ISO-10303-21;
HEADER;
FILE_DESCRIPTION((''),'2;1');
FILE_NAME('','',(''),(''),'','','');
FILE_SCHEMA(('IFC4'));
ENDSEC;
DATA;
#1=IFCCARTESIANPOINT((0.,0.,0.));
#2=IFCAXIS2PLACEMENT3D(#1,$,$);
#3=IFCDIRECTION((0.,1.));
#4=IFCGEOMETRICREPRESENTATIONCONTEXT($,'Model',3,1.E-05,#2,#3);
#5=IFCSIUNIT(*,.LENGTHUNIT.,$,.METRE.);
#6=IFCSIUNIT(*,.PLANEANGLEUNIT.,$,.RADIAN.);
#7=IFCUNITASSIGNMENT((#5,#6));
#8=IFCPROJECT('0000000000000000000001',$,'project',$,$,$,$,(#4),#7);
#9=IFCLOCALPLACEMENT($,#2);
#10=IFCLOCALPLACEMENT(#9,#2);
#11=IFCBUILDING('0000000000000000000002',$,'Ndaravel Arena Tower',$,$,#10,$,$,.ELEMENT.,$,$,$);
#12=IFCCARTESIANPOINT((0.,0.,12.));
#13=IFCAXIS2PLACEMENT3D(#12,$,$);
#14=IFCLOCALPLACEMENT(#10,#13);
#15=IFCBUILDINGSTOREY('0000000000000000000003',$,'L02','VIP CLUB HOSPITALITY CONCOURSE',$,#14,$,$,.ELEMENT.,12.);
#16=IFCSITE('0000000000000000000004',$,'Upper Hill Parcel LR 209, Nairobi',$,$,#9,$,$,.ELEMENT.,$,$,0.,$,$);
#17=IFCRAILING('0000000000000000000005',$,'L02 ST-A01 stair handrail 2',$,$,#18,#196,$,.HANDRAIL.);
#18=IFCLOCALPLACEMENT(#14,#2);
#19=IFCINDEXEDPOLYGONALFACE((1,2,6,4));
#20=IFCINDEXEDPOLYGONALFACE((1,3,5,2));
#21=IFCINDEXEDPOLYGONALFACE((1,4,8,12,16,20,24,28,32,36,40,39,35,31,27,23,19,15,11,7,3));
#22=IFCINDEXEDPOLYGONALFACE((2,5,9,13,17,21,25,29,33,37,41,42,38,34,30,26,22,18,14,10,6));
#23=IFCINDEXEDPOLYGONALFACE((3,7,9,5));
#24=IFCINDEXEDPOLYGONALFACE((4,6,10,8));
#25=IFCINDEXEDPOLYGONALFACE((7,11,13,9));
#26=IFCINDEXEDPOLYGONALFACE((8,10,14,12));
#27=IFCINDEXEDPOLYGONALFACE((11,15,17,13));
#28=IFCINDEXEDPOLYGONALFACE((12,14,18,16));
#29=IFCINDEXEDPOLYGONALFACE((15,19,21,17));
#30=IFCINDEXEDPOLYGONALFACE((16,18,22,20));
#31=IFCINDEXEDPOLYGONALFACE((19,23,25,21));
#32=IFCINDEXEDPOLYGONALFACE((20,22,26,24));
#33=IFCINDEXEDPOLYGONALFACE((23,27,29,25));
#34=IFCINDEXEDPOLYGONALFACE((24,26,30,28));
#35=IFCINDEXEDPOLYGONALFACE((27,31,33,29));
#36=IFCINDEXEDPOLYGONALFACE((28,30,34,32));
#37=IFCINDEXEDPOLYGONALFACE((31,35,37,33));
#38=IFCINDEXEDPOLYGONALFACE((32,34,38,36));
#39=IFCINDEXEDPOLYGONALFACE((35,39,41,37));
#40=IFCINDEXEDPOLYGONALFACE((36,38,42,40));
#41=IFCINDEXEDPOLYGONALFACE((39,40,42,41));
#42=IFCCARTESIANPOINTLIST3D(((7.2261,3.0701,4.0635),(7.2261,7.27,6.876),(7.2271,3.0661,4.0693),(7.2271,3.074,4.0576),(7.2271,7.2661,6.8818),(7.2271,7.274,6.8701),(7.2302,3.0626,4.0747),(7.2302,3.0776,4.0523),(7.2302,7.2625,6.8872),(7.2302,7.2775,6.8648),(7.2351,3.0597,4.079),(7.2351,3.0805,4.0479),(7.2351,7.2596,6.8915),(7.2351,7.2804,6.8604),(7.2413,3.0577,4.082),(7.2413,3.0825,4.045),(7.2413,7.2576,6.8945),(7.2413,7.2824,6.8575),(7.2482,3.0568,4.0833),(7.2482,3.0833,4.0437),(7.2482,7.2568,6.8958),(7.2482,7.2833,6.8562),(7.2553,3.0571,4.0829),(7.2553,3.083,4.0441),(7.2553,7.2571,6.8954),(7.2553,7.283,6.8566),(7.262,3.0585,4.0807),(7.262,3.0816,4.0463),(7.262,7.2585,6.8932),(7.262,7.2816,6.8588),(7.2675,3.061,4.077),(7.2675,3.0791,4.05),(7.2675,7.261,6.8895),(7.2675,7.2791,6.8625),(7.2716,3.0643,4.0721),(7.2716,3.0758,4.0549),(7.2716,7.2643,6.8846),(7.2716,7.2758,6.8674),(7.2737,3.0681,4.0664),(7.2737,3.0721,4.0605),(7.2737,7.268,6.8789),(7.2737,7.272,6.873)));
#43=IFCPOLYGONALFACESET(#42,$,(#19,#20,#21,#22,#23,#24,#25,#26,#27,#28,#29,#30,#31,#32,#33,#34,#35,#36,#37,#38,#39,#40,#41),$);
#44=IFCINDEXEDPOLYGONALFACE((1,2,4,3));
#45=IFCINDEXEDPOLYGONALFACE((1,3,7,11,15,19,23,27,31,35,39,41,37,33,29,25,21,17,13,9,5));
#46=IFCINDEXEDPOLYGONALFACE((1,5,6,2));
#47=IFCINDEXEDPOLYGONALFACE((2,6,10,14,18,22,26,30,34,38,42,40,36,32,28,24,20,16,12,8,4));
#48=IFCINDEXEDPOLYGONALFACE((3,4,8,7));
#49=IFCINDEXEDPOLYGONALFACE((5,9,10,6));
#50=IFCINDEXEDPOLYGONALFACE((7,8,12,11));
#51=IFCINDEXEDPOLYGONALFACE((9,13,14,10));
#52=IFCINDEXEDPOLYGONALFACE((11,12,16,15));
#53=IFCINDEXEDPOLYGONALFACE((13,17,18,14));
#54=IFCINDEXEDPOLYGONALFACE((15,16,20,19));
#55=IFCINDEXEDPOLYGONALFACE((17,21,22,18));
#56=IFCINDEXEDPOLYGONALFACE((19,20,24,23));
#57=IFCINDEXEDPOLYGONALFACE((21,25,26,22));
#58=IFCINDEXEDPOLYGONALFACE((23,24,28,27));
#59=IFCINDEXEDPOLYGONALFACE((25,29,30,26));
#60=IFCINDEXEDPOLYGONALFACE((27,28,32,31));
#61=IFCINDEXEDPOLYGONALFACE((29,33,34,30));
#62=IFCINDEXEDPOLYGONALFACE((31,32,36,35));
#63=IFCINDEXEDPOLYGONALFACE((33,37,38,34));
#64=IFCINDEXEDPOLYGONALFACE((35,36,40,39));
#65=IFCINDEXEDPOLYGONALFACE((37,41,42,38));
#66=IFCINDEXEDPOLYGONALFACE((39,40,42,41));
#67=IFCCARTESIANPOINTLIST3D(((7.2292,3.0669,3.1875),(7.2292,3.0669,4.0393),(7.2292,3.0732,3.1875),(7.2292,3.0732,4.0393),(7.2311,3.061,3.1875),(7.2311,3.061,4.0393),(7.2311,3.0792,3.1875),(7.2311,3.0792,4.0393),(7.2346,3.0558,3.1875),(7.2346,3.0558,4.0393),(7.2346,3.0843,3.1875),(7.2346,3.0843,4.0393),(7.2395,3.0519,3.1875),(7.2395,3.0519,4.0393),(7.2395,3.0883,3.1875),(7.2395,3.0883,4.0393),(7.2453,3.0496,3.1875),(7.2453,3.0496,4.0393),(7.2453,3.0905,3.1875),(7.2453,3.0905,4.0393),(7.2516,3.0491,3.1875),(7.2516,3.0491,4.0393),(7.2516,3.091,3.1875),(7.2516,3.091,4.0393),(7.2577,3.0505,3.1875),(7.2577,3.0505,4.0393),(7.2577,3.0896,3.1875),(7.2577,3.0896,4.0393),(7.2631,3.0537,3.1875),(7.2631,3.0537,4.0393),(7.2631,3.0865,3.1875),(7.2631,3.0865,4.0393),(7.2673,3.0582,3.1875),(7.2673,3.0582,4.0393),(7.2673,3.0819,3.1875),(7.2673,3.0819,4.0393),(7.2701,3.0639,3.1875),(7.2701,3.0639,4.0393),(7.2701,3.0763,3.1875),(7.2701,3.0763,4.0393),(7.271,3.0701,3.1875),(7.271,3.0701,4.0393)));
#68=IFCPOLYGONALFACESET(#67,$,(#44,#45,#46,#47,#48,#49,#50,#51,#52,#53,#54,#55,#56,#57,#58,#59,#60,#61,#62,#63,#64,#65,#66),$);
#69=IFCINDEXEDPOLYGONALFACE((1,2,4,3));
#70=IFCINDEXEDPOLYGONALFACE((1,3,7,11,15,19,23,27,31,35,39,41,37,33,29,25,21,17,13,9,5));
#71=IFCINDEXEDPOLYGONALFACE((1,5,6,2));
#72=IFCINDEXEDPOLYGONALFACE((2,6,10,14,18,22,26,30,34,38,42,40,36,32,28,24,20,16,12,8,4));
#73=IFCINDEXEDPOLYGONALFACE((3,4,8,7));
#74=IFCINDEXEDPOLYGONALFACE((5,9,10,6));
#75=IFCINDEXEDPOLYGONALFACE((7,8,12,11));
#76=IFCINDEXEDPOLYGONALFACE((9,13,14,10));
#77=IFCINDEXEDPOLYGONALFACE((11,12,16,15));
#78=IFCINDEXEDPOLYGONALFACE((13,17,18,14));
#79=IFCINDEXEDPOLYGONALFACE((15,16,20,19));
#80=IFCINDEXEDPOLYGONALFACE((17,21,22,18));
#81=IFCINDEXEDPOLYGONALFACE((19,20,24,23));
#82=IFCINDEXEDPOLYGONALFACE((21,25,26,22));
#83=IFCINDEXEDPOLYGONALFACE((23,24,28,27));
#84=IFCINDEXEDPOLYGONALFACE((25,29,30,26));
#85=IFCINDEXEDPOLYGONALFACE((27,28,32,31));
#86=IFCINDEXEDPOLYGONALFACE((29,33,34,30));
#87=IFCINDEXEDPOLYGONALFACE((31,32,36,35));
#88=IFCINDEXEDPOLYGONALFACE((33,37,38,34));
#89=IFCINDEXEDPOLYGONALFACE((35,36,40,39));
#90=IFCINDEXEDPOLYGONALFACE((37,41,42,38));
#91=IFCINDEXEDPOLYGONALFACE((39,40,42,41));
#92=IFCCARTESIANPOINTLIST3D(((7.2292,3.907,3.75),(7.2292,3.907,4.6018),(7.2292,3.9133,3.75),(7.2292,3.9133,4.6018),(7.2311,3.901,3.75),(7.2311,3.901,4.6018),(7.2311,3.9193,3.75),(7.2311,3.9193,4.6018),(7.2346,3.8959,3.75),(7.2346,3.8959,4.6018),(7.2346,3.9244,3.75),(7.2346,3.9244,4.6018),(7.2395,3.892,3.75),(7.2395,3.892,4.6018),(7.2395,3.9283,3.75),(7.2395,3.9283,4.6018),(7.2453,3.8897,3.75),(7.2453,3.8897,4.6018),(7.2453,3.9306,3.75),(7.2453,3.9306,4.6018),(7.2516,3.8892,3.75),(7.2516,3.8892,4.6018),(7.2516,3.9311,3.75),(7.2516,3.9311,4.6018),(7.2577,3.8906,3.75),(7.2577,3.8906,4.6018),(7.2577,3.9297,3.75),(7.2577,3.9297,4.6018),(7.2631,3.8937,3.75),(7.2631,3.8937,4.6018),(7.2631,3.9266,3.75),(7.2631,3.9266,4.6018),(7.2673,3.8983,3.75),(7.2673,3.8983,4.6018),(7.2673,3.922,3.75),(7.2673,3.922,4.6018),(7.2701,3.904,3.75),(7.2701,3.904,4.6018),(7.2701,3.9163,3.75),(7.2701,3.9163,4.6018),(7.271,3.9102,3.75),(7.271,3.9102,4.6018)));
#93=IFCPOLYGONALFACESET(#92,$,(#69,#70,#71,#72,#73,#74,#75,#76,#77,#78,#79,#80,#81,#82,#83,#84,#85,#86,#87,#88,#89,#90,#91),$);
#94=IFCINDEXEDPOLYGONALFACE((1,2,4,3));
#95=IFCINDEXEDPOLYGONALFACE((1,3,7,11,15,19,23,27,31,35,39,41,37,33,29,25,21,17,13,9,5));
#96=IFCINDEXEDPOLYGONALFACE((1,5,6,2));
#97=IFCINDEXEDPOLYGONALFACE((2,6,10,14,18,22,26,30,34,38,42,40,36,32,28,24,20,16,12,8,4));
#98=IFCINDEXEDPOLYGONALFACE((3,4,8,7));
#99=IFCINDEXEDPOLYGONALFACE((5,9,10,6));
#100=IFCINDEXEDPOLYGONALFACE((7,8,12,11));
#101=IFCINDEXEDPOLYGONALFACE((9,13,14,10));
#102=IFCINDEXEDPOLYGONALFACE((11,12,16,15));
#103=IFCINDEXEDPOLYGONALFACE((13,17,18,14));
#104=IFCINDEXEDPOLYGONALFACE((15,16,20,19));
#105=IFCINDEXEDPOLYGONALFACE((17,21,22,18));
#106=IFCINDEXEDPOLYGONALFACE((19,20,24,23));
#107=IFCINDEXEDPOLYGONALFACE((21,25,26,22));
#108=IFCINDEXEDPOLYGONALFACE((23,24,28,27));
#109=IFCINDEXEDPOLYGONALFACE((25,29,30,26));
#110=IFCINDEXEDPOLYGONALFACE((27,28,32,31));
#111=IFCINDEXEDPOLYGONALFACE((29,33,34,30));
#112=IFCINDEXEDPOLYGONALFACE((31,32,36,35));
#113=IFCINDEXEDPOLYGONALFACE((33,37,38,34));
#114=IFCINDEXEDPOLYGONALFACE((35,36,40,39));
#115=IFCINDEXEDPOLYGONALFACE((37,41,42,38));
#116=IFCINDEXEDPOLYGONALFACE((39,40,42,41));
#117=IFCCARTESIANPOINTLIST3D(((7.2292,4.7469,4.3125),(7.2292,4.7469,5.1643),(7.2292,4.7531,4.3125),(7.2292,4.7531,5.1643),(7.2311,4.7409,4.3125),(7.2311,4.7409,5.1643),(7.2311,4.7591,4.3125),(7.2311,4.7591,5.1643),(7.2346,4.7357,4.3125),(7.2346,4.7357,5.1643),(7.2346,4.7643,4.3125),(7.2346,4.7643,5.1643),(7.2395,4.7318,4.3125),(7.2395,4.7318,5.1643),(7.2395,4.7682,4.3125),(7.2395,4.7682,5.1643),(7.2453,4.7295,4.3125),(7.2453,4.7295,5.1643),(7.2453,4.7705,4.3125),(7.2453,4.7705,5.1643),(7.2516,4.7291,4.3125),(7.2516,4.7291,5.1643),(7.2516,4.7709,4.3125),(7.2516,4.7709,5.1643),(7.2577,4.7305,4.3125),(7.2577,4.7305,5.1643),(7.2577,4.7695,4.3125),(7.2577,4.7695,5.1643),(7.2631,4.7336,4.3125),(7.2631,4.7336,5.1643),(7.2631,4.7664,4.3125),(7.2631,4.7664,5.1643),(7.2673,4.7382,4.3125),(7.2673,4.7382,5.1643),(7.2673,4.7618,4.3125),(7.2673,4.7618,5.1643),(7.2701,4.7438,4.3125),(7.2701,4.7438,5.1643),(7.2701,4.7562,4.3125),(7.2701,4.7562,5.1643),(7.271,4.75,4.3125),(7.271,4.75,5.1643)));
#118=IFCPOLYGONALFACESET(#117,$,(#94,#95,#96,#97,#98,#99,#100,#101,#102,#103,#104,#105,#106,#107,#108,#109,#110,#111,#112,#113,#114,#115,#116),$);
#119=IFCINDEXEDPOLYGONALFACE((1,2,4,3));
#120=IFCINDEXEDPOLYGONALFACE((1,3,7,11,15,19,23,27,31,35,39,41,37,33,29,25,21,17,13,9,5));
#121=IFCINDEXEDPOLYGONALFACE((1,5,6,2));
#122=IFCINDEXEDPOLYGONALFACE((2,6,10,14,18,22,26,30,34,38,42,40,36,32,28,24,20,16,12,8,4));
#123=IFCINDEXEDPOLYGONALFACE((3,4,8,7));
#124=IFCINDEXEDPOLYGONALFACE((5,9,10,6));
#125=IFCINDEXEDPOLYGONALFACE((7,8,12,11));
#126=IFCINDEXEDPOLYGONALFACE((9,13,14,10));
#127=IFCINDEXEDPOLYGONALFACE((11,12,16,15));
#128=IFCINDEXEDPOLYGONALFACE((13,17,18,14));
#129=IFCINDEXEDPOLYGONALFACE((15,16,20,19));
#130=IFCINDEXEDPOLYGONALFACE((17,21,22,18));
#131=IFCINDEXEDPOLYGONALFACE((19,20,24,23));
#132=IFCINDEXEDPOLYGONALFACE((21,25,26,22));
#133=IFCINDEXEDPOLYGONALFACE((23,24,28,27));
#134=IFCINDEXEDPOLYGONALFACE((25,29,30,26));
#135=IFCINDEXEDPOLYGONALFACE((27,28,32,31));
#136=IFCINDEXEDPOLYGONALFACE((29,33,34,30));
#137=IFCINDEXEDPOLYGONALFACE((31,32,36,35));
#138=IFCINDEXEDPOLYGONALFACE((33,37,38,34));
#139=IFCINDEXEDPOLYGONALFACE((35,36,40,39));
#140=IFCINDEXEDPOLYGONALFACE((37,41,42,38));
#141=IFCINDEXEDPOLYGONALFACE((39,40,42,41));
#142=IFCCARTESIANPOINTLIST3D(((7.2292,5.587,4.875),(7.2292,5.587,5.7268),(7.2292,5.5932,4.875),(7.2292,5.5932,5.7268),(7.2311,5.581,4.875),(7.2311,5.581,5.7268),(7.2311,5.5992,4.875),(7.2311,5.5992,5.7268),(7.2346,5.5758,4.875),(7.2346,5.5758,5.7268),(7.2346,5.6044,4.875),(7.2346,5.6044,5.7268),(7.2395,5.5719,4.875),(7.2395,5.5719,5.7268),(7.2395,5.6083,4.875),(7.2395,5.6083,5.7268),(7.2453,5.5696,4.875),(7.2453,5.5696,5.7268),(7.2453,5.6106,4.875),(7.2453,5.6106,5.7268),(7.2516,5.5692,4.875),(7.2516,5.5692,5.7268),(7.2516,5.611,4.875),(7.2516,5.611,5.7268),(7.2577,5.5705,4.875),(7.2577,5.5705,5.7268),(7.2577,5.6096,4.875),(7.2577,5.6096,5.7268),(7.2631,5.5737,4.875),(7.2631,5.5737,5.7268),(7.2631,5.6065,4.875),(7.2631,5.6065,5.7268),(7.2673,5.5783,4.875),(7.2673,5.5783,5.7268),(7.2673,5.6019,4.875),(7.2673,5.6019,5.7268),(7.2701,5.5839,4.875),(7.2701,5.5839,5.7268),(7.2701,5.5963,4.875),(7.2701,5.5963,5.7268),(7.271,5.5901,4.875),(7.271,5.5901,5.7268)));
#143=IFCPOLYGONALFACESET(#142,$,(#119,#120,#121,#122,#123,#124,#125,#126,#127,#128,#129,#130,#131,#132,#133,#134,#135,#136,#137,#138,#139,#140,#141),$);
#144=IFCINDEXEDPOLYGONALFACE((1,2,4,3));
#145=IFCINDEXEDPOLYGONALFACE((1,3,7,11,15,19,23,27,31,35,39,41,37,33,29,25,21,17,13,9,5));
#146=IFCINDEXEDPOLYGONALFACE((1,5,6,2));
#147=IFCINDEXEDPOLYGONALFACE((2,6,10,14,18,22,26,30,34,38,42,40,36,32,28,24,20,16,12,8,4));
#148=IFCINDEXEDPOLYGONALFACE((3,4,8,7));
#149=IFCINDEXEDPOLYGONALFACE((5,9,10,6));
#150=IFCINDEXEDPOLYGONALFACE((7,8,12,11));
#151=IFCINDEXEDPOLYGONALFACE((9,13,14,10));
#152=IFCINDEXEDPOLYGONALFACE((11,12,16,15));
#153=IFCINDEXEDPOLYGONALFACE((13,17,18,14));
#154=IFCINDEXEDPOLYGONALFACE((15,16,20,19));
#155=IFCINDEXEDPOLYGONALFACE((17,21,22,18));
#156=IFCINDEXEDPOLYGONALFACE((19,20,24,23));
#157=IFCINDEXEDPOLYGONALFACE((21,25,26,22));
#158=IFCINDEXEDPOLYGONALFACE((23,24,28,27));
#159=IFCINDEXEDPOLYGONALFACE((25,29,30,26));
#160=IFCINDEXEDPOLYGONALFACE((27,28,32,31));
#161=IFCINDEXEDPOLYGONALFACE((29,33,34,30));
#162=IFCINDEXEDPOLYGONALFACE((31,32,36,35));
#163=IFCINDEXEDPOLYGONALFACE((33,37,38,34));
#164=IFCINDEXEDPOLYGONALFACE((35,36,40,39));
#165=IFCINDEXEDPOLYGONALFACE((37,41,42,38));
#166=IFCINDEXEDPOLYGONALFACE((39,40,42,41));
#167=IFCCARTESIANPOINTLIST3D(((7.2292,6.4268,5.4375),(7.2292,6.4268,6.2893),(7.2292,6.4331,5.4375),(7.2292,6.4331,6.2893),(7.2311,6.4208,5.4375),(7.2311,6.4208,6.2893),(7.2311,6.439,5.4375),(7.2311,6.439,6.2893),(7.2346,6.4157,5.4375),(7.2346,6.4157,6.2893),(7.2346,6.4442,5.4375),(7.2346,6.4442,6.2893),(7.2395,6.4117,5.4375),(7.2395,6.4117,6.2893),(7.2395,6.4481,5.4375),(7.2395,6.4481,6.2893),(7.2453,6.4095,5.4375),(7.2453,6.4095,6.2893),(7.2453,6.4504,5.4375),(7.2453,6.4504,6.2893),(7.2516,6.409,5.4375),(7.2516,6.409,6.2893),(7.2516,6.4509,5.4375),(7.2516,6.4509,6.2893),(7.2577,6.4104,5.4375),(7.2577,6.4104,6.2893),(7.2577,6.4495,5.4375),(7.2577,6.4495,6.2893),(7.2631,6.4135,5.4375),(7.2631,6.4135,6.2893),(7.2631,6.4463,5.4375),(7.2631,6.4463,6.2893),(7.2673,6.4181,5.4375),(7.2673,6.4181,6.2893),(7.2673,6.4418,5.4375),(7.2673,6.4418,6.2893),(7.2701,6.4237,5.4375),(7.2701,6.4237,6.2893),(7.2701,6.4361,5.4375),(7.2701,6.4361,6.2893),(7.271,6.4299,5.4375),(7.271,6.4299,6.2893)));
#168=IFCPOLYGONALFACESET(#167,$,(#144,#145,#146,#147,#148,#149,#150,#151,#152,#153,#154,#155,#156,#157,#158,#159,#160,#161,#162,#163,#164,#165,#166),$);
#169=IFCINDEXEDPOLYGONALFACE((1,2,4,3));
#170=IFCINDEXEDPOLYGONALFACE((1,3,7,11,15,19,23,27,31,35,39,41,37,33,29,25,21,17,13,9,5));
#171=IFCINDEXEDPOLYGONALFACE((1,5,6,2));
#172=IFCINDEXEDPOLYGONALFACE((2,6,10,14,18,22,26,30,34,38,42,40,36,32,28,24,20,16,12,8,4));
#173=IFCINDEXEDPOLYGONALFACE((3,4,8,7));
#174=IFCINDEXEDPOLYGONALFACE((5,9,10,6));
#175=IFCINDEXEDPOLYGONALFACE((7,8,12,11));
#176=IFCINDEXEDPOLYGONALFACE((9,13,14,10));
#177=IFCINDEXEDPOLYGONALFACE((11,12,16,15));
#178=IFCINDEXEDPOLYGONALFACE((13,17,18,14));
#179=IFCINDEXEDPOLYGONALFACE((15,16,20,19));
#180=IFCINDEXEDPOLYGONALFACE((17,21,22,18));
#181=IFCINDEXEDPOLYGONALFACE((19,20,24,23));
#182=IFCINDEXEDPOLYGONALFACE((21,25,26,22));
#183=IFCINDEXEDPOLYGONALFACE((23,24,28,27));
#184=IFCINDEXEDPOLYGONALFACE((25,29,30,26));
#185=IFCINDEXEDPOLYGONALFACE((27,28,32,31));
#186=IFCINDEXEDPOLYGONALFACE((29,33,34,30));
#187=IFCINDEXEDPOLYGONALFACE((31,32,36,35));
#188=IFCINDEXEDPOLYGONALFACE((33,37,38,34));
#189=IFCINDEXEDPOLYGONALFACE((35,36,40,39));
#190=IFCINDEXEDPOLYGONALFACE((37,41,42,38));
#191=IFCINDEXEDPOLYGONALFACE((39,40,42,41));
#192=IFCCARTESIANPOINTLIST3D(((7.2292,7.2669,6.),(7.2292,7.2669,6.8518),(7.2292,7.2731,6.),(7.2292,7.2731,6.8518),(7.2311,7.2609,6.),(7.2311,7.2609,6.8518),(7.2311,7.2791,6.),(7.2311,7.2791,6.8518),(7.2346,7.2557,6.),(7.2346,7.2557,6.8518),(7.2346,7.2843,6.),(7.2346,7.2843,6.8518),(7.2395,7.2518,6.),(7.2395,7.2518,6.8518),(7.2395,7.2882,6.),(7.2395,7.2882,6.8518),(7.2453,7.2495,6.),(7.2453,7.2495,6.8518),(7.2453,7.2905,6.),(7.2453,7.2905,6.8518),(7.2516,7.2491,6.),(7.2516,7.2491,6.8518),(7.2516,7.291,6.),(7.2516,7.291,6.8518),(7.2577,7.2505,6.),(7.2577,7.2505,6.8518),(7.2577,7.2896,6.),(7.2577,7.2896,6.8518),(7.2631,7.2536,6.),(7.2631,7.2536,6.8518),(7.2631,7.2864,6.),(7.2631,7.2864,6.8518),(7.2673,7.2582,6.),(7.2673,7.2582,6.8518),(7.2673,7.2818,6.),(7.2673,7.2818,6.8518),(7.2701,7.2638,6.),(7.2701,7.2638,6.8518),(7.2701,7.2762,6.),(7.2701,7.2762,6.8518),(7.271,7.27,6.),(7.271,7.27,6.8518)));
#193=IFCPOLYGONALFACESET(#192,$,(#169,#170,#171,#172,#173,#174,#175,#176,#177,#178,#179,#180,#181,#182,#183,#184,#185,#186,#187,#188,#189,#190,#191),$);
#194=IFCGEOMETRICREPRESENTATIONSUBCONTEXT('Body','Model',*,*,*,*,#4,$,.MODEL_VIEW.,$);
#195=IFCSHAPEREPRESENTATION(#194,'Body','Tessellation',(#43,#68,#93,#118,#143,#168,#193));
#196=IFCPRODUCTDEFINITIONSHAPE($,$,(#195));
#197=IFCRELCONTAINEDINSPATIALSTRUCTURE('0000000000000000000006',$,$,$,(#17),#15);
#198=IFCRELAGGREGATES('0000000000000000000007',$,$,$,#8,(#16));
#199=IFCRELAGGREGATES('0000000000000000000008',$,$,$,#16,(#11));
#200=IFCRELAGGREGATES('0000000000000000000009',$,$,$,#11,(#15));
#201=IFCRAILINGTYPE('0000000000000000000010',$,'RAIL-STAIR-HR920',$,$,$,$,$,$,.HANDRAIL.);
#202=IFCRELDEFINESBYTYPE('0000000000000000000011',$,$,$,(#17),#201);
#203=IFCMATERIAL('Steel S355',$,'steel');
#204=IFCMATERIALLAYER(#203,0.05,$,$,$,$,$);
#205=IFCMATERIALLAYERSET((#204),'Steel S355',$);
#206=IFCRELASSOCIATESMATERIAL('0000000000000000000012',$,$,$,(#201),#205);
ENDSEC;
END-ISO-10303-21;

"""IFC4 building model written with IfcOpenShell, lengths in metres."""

from ifc_helpers import new_model, si_unit, direction, frame, origin, origin_2d, place, context, subcontext, project, spatial, circle, extrude, material, layer, layer_set, type_object, element, save


model = new_model("IFC4")

# Units and contexts
model_context = context("Model", 3, precision=1e-05, world=origin(), true_north=direction((0.0, 1.0)))
body_context = subcontext(model_context, "Body", "Model", "MODEL_VIEW")
ifc_project = project(units=[si_unit("LENGTHUNIT", "METRE"), si_unit("PLANEANGLEUNIT", "RADIAN")], contexts=[model_context])

# Site, building, storey
site_placement = place(None, origin())
site = spatial("IfcSite", under=ifc_project, at=site_placement, Name="Upper Hill Parcel LR 209, Nairobi", CompositionType="ELEMENT", RefElevation=0.0)
building_placement = place(site_placement, origin())
building = spatial("IfcBuilding", under=site, at=building_placement, Name="Ndaravel Arena Tower", CompositionType="ELEMENT")
storey_placement = place(building_placement, frame((0.0, 0.0, 12.0)))
storey = spatial("IfcBuildingStorey", under=building, at=storey_placement, Name="L02", Description="VIP CLUB HOSPITALITY CONCOURSE", CompositionType="ELEMENT", Elevation=12.0)

# Railing
ifc_material_1 = material(Name="Steel S355", Category="steel")
ifc_layer_1 = layer(ifc_material_1, 0.05)
ifc_layer_set_1 = layer_set([ifc_layer_1], Name="Steel S355")
railing_type_1 = type_object("IfcRailingType", Name="RAIL-STAIR-HR920", PredefinedType="HANDRAIL", material=ifc_layer_set_1)
railing_1_placement = place(storey_placement, frame((7.25, 3.0701, 3.1875)))
element("IfcRailing", 1, at=railing_1_placement, inside=storey, type_object=railing_type_1, Name="L02 ST-A01 stair handrail 2", PredefinedType="HANDRAIL", context=body_context, shape_type="SweptSolid", body=[
    extrude(circle(Radius=0.0239, at=origin_2d()), frame((0.0, 0.0, 0.876), z_axis=(0.0, 0.830904, 0.556416), x_axis=(-1.0, 0.0, 0.0)), (0.0, 0.0, 1.0), 5.0547),
    extrude(circle(Radius=0.021, at=origin_2d()), origin(), (0.0, 0.0, 1.0), 0.8518),
    extrude(circle(Radius=0.021, at=origin_2d()), frame((0.0, 0.8401, 0.5625)), (0.0, 0.0, 1.0), 0.8518),
    extrude(circle(Radius=0.021, at=origin_2d()), frame((0.0, 1.6799, 1.125)), (0.0, 0.0, 1.0), 0.8518),
    extrude(circle(Radius=0.021, at=origin_2d()), frame((0.0, 2.52, 1.6875)), (0.0, 0.0, 1.0), 0.8518),
    extrude(circle(Radius=0.021, at=origin_2d()), frame((0.0, 3.3599, 2.25)), (0.0, 0.0, 1.0), 0.8518),
    extrude(circle(Radius=0.021, at=origin_2d()), frame((0.0, 4.2, 2.8125)), (0.0, 0.0, 1.0), 0.8518),
])

save(model, "model.ifc")
